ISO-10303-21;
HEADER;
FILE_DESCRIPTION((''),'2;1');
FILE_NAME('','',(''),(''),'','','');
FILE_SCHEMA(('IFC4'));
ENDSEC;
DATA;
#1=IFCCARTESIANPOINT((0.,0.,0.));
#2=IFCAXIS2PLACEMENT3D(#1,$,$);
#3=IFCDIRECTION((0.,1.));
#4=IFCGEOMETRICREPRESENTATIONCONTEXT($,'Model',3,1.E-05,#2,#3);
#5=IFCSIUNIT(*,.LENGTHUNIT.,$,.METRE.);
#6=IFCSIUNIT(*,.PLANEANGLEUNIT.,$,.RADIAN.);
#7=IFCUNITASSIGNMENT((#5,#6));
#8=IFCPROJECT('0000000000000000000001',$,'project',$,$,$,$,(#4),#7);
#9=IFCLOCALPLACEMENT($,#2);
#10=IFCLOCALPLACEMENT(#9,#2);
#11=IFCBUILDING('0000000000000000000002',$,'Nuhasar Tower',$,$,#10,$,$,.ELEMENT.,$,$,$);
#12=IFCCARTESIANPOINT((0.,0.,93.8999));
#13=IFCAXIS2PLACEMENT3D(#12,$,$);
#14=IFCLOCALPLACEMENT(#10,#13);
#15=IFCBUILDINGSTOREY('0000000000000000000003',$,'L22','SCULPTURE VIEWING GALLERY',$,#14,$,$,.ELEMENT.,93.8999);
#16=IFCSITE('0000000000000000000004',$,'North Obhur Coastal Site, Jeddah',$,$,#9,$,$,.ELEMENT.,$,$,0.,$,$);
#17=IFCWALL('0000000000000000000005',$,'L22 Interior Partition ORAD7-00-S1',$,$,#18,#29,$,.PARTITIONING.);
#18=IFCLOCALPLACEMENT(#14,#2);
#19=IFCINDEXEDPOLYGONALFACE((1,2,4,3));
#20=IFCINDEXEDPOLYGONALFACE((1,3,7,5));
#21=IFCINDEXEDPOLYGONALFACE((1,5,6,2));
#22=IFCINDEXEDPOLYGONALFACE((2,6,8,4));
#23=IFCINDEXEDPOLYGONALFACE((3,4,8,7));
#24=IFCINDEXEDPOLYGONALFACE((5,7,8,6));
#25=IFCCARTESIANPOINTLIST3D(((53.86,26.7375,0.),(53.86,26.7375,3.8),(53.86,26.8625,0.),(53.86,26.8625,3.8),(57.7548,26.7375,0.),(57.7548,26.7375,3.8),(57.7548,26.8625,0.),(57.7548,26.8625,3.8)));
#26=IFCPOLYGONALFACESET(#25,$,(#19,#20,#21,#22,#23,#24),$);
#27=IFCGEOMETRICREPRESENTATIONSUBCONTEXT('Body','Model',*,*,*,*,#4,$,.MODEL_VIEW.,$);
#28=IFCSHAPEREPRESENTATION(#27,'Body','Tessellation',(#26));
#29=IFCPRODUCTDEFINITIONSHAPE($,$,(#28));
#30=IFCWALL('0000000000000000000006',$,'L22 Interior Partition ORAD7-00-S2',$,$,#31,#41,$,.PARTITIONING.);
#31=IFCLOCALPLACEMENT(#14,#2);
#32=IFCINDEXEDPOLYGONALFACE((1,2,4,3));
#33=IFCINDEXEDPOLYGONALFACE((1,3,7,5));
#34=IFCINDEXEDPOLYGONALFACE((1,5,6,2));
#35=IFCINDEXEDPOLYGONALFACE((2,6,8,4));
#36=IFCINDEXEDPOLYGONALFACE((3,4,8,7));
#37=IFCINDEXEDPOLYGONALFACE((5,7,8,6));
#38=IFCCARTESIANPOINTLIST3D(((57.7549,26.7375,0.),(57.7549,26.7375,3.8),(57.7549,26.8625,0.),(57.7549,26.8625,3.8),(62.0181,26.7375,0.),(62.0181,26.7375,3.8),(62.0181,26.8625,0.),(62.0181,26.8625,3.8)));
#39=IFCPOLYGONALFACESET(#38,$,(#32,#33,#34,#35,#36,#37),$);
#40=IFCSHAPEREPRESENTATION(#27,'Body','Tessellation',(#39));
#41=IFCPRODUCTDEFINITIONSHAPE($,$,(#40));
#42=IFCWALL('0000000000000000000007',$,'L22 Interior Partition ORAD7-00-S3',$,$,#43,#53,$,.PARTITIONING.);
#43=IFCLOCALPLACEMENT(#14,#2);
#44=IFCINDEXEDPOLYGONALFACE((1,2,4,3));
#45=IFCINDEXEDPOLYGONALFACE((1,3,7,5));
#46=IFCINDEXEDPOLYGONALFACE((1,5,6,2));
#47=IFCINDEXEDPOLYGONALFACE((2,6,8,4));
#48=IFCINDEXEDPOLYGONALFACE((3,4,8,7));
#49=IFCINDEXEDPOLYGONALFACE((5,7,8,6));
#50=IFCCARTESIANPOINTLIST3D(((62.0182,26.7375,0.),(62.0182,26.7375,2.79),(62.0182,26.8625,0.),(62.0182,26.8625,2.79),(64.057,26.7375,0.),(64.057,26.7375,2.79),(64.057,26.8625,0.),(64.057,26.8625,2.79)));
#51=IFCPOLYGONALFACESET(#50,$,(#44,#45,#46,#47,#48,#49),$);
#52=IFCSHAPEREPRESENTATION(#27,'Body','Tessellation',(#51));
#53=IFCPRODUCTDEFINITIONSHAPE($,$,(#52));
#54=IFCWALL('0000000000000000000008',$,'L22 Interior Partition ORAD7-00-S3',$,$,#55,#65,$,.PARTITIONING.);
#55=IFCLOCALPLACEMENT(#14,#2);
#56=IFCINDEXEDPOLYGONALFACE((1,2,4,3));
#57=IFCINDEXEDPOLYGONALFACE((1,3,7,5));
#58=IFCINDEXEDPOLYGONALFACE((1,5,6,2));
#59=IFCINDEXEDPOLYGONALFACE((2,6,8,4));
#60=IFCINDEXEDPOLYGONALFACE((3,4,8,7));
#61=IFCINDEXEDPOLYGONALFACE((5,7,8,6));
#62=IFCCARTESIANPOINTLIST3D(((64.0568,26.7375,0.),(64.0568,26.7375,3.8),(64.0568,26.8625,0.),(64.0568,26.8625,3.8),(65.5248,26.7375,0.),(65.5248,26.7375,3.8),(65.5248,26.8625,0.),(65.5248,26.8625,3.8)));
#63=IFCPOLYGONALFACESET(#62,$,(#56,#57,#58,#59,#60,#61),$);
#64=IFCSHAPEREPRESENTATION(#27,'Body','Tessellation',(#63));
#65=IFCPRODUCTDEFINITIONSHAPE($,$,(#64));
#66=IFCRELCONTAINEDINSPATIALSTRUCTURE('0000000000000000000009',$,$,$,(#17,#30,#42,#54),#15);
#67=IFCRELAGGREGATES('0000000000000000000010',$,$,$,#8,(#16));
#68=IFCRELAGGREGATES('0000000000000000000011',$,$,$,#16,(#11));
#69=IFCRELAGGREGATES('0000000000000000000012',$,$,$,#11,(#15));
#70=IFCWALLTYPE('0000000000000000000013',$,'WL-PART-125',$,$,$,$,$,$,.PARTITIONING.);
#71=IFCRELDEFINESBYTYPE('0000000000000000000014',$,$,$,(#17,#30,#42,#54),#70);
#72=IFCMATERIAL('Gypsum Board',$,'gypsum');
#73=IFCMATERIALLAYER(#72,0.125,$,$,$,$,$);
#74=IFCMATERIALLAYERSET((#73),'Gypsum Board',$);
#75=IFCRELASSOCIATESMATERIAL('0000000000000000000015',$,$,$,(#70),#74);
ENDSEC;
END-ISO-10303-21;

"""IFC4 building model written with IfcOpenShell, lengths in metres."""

from ifc_helpers import new_model, si_unit, direction, frame, frame_2d, origin, place, context, subcontext, project, spatial, rectangle, extrude, material, layer, layer_set, type_object, element, save


model = new_model("IFC4")

# Units and contexts
model_context = context("Model", 3, precision=1e-05, world=origin(), true_north=direction((0.0, 1.0)))
body_context = subcontext(model_context, "Body", "Model", "MODEL_VIEW")
ifc_project = project(units=[si_unit("LENGTHUNIT", "METRE"), si_unit("PLANEANGLEUNIT", "RADIAN")], contexts=[model_context])

# Site, building, storey
site_placement = place(None, origin())
site = spatial("IfcSite", under=ifc_project, at=site_placement, Name="North Obhur Coastal Site, Jeddah", CompositionType="ELEMENT", RefElevation=0.0)
building_placement = place(site_placement, origin())
building = spatial("IfcBuilding", under=site, at=building_placement, Name="Nuhasar Tower", CompositionType="ELEMENT")
storey_placement = place(building_placement, frame((0.0, 0.0, 93.8999)))
storey = spatial("IfcBuildingStorey", under=building, at=storey_placement, Name="L22", Description="SCULPTURE VIEWING GALLERY", CompositionType="ELEMENT", Elevation=93.8999)

# Shared definitions
ifc_material_1 = material(Name="Gypsum Board", Category="gypsum")

# Walls
ifc_layer_1 = layer(ifc_material_1, 0.125)
ifc_layer_set_1 = layer_set([ifc_layer_1], Name="Gypsum Board")
wall_type_1 = type_object("IfcWallType", Name="WL-PART-125", PredefinedType="PARTITIONING", material=ifc_layer_set_1)
wall_1_placement = place(storey_placement, frame((53.8601, 26.8, 0.0), z_axis=(0.0, 0.0, 1.0), x_axis=(1.0, 0.0, 0.0)))
element("IfcWall", 1, at=wall_1_placement, inside=storey, type_object=wall_type_1, Name="L22 Interior Partition ORAD7-00-S1", PredefinedType="PARTITIONING", context=body_context, shape_type="SweptSolid", body=[
    extrude(rectangle(XDim=3.8948, YDim=0.125, at=frame_2d((1.9473, 0.0))), origin(), (0.0, 0.0, 1.0), 3.8),
])
wall_2_placement = place(storey_placement, frame((57.7549, 26.8, 0.0), z_axis=(0.0, 0.0, 1.0), x_axis=(1.0, 0.0, 0.0)))
element("IfcWall", 2, at=wall_2_placement, inside=storey, type_object=wall_type_1, Name="L22 Interior Partition ORAD7-00-S2", PredefinedType="PARTITIONING", context=body_context, shape_type="SweptSolid", body=[
    extrude(rectangle(XDim=4.2632, YDim=0.125, at=frame_2d((2.1316, 0.0))), origin(), (0.0, 0.0, 1.0), 3.8),
])
wall_3_placement = place(storey_placement, frame((62.0181, 26.8, 0.0), z_axis=(0.0, 0.0, 1.0), x_axis=(1.0, 0.0, 0.0)))
element("IfcWall", 3, at=wall_3_placement, inside=storey, type_object=wall_type_1, Name="L22 Interior Partition ORAD7-00-S3", PredefinedType="PARTITIONING", context=body_context, shape_type="SweptSolid", body=[
    extrude(rectangle(XDim=2.0388, YDim=0.125, at=frame_2d((1.0195, 0.0))), origin(), (0.0, 0.0, 1.0), 2.79),
])
wall_4_placement = place(storey_placement, frame((64.0569, 26.8, 0.0), z_axis=(0.0, 0.0, 1.0), x_axis=(1.0, 0.0, 0.0)))
element("IfcWall", 4, at=wall_4_placement, inside=storey, type_object=wall_type_1, Name="L22 Interior Partition ORAD7-00-S3", PredefinedType="PARTITIONING", context=body_context, shape_type="SweptSolid", body=[
    extrude(rectangle(XDim=1.468, YDim=0.125, at=frame_2d((0.7339, 0.0))), origin(), (0.0, 0.0, 1.0), 3.8),
])

save(model, "model.ifc")
